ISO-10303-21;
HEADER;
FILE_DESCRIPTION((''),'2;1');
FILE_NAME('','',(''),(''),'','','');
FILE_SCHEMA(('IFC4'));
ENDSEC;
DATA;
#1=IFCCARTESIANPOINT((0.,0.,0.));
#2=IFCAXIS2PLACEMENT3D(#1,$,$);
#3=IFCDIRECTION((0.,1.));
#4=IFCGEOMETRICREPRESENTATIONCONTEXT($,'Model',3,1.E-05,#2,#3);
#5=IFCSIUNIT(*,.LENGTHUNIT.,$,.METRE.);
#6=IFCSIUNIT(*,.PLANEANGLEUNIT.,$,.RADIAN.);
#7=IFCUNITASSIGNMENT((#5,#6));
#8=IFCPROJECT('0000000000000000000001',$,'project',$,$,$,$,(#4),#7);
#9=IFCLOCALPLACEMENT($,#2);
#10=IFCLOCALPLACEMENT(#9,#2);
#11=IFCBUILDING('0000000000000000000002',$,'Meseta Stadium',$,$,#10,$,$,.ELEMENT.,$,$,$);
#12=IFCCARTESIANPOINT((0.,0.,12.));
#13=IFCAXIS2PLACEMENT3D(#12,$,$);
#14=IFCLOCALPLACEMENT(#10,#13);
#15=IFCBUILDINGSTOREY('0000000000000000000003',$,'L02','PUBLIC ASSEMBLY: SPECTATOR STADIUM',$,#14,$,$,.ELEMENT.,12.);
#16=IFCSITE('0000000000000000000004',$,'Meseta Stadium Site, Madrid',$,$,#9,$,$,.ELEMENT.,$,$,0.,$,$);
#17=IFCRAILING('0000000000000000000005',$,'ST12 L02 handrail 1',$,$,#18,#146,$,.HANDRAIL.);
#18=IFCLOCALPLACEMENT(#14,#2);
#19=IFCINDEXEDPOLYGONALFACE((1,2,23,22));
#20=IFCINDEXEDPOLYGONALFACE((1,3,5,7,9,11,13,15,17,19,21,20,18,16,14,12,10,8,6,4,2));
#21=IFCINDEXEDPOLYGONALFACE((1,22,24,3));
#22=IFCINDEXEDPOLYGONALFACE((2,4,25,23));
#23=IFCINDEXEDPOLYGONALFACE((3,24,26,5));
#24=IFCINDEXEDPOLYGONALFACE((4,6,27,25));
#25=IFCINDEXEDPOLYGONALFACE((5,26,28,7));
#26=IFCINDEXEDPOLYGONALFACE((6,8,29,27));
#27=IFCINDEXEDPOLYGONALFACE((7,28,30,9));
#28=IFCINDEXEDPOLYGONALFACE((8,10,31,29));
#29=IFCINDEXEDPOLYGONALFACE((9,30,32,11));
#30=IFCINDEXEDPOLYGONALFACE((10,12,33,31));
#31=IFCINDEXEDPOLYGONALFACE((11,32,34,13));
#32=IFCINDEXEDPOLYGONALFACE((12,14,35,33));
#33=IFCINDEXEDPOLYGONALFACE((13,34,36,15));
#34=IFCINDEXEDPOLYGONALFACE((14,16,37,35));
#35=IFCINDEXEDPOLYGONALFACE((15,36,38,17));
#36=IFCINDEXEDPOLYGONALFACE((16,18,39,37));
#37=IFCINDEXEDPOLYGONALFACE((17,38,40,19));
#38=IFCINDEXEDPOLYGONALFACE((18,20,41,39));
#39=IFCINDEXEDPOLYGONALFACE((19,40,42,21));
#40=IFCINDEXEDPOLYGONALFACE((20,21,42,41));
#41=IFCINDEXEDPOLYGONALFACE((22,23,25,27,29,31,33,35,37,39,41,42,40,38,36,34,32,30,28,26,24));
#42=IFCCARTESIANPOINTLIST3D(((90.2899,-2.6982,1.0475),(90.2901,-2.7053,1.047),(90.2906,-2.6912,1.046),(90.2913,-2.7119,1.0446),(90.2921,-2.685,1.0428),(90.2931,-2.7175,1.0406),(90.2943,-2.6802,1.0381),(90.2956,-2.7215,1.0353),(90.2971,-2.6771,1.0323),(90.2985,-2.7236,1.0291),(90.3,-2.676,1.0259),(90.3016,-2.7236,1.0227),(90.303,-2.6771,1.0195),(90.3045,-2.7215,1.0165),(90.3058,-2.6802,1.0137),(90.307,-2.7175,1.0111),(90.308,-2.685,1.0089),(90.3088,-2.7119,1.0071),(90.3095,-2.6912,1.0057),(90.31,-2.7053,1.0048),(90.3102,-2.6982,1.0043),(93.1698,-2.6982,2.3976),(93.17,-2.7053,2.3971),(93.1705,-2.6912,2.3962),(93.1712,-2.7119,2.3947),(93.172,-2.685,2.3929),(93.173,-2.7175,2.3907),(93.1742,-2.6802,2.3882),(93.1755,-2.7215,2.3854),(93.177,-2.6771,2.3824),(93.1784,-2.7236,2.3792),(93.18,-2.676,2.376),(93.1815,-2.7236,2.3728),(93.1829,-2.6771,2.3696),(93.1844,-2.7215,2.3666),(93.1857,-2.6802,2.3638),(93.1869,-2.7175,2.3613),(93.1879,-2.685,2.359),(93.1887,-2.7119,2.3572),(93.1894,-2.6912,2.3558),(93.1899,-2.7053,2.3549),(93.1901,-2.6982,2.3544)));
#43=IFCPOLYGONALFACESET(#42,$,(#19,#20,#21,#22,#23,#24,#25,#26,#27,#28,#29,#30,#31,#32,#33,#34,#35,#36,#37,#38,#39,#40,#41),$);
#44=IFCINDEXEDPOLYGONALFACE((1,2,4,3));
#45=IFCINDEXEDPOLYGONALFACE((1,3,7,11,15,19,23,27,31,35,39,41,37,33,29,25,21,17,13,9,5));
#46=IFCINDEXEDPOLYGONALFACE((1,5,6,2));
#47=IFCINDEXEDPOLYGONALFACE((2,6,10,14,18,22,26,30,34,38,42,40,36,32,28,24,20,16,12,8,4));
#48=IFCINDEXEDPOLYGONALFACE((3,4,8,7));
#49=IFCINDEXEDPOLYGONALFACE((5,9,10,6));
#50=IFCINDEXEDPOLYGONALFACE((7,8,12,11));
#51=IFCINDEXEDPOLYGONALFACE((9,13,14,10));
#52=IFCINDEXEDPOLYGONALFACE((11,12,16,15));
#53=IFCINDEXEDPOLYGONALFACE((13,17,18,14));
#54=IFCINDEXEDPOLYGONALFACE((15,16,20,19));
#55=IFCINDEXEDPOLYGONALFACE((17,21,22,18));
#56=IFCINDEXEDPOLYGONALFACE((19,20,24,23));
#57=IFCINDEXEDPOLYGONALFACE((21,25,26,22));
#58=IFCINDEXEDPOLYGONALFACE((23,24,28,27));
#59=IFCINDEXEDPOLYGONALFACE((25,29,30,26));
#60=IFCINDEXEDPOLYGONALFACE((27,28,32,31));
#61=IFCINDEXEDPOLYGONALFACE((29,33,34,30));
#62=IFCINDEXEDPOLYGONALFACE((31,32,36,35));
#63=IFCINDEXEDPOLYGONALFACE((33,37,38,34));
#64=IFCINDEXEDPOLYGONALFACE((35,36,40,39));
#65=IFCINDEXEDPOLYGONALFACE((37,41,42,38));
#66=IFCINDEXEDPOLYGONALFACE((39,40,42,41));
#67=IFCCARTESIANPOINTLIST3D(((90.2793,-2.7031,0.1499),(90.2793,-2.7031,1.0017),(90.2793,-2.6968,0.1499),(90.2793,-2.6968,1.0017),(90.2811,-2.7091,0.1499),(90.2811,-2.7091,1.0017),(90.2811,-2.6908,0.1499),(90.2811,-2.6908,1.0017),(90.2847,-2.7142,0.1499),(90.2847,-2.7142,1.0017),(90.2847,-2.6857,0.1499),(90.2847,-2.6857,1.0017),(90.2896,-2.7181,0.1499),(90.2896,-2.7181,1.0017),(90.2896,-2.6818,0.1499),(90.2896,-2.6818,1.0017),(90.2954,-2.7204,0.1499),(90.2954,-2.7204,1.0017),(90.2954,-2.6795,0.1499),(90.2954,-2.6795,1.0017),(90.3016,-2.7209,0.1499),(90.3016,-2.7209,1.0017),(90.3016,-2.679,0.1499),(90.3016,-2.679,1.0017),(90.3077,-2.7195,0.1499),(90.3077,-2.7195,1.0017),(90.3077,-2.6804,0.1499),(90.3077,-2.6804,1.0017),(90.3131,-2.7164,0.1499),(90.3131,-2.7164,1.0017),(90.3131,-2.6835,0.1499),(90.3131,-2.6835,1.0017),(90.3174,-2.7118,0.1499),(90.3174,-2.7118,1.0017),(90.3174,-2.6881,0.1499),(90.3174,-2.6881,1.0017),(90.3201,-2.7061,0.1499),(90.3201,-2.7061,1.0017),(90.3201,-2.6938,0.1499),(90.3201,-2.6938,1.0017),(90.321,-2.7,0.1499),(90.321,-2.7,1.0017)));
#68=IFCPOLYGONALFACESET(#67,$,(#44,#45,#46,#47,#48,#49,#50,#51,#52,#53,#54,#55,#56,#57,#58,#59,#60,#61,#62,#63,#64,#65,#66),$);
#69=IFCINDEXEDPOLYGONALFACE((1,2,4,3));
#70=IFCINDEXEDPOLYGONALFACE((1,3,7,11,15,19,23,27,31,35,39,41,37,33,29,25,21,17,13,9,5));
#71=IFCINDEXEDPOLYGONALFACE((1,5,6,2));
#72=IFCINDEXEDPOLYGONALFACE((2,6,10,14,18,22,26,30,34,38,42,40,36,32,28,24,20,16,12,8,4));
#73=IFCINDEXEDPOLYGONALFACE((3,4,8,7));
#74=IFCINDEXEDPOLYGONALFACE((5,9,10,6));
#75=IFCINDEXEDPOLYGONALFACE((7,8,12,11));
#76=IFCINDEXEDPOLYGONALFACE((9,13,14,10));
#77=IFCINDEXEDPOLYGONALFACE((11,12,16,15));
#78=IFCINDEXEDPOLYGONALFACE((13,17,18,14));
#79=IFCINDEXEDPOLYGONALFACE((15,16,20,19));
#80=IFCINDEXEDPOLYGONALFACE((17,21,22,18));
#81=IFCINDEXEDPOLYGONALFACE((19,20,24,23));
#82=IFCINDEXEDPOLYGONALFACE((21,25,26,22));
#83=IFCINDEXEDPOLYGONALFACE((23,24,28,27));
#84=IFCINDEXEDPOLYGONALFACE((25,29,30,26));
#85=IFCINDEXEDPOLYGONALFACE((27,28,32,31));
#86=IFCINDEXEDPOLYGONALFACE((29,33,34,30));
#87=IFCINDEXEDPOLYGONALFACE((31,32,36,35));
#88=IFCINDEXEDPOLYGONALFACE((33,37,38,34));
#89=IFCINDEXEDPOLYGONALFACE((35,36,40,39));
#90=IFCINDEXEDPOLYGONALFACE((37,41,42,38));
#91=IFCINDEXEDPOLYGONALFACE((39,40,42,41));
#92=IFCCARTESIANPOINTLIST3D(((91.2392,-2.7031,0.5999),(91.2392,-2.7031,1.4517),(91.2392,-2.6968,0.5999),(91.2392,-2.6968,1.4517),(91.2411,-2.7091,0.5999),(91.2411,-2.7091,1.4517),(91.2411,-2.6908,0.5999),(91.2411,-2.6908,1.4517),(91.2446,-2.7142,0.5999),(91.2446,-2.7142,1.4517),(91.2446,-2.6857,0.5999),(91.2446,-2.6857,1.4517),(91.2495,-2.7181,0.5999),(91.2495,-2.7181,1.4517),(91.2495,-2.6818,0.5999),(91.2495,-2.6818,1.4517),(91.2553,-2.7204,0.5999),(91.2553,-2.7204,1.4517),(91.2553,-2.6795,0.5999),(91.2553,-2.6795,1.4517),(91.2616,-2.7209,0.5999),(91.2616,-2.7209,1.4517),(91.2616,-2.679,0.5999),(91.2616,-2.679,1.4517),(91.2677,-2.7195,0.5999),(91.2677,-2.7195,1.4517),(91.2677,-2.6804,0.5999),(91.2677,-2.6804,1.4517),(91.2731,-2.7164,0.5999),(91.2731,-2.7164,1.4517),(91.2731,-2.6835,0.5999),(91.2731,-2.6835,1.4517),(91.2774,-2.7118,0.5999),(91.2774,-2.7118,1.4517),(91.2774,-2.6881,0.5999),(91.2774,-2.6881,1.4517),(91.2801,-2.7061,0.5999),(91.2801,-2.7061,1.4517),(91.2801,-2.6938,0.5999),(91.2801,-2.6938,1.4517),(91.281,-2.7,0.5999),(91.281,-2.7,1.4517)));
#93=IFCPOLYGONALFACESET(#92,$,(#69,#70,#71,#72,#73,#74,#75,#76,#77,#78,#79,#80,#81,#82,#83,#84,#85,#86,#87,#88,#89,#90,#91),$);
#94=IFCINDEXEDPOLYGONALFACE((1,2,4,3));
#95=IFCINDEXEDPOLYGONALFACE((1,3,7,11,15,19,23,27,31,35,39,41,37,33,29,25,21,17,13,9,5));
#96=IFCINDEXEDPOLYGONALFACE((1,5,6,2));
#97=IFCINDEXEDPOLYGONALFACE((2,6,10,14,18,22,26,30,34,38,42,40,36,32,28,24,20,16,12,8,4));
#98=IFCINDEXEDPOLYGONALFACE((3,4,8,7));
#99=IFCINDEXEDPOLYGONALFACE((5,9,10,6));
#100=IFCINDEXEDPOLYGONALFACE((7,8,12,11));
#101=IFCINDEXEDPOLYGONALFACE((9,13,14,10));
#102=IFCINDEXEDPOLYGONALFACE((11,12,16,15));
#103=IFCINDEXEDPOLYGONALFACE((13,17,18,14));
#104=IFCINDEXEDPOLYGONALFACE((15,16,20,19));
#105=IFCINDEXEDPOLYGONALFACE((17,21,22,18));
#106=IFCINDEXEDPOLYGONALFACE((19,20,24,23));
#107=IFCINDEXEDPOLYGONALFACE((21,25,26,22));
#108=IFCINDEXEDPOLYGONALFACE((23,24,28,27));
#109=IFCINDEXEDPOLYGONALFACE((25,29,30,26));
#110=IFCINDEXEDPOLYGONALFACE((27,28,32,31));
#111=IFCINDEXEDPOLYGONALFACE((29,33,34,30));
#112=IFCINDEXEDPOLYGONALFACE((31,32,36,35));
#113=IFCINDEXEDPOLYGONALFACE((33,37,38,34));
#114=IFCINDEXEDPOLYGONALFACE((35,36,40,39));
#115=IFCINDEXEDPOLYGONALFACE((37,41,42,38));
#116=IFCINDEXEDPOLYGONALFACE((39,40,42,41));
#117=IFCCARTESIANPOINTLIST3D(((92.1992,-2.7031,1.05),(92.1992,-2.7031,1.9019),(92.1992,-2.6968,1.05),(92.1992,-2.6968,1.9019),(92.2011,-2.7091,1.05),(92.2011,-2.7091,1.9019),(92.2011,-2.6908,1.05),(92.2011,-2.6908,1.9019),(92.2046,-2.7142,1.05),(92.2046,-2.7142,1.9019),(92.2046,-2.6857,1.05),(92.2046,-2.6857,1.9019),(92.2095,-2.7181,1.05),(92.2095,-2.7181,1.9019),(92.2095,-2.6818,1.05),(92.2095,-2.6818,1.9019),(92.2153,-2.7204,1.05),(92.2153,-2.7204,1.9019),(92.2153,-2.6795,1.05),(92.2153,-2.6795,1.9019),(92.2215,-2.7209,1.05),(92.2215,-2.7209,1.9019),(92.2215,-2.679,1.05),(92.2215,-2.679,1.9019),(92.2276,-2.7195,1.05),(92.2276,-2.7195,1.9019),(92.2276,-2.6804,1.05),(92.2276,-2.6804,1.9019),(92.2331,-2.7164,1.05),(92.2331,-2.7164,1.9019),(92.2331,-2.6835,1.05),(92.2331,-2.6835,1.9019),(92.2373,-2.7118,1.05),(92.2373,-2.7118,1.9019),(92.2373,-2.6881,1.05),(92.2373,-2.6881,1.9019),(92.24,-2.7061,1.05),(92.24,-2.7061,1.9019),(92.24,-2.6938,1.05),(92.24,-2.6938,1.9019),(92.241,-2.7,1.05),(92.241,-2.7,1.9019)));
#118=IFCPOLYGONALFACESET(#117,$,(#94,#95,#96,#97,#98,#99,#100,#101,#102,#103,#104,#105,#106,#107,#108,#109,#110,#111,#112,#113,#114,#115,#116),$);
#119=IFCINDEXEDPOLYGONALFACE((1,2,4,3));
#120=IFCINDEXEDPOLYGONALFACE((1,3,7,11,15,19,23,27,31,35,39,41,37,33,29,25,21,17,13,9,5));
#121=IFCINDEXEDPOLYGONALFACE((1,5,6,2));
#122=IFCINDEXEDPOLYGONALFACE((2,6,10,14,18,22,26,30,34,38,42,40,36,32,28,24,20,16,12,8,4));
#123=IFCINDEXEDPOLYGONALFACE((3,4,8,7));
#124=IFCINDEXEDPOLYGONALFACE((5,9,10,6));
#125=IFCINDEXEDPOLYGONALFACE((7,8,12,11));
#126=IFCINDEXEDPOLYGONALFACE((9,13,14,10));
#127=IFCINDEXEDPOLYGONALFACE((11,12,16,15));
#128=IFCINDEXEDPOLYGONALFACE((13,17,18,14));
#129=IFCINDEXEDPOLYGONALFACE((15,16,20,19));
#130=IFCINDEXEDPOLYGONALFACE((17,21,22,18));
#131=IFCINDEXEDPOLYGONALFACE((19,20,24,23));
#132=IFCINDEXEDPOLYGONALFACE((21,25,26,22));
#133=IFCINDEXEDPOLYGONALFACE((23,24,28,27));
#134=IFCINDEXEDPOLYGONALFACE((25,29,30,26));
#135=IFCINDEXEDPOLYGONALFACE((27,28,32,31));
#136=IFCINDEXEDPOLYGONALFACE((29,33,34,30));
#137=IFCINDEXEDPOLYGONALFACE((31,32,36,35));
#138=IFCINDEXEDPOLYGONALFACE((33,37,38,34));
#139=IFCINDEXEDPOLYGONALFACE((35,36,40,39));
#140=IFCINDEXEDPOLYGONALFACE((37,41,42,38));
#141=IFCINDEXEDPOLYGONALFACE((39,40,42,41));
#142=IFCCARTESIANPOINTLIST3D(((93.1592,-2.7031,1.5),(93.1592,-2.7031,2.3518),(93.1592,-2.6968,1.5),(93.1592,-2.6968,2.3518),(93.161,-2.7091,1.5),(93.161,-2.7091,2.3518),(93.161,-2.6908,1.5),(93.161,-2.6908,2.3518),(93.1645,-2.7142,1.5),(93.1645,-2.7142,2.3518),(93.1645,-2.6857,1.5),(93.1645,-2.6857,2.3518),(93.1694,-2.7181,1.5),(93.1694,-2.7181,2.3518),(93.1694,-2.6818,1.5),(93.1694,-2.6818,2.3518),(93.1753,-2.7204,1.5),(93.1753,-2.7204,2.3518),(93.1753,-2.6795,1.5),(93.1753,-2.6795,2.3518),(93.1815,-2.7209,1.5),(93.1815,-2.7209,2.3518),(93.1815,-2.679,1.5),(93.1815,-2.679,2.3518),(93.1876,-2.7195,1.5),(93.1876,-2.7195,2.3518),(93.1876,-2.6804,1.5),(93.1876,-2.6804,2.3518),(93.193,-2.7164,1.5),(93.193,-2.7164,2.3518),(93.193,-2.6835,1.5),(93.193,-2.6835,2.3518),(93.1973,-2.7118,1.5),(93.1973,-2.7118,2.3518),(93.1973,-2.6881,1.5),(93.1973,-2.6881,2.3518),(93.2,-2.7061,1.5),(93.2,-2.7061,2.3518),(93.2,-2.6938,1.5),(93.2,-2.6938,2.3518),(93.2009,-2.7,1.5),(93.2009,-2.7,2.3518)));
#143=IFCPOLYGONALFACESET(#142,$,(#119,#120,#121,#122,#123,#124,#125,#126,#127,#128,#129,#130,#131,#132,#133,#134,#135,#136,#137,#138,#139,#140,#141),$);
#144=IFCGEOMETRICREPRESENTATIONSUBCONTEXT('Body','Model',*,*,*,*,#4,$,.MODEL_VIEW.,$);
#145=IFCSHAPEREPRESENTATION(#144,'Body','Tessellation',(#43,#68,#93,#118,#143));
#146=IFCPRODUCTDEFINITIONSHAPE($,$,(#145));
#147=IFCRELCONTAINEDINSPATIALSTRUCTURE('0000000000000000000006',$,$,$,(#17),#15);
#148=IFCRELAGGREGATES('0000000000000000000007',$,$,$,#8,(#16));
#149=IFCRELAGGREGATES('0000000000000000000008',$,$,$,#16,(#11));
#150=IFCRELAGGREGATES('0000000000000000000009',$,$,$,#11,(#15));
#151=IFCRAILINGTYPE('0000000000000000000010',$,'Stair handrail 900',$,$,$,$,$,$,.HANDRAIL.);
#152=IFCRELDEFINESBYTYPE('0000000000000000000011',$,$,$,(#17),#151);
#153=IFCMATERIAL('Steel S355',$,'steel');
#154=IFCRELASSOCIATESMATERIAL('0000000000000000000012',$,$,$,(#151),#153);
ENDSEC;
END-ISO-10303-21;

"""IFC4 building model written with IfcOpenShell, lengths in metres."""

from ifc_helpers import new_model, si_unit, direction, frame, origin, origin_2d, place, context, subcontext, project, spatial, circle, extrude, material, type_object, element, save


model = new_model("IFC4")

# Units and contexts
model_context = context("Model", 3, precision=1e-05, world=origin(), true_north=direction((0.0, 1.0)))
body_context = subcontext(model_context, "Body", "Model", "MODEL_VIEW")
ifc_project = project(units=[si_unit("LENGTHUNIT", "METRE"), si_unit("PLANEANGLEUNIT", "RADIAN")], contexts=[model_context])

# Site, building, storey
site_placement = place(None, origin())
site = spatial("IfcSite", under=ifc_project, at=site_placement, Name="Meseta Stadium Site, Madrid", CompositionType="ELEMENT", RefElevation=0.0)
building_placement = place(site_placement, origin())
building = spatial("IfcBuilding", under=site, at=building_placement, Name="Meseta Stadium", CompositionType="ELEMENT")
storey_placement = place(building_placement, frame((0.0, 0.0, 12.0)))
storey = spatial("IfcBuildingStorey", under=building, at=storey_placement, Name="L02", Description="PUBLIC ASSEMBLY: SPECTATOR STADIUM", CompositionType="ELEMENT", Elevation=12.0)

# Railing
ifc_material_1 = material(Name="Steel S355", Category="steel")
railing_type_1 = type_object("IfcRailingType", Name="Stair handrail 900", PredefinedType="HANDRAIL", material=ifc_material_1)
for number, where, name in (
    (1, (90.3, -2.7, 0.1499), "ST12 L02 handrail 1"),
):
    element("IfcRailing", number, at=place(storey_placement, frame(where)), inside=storey, type_object=railing_type_1, Name=name, PredefinedType="HANDRAIL", context=body_context, shape_type="SweptSolid", body=[
        extrude(circle(Radius=0.0239, at=origin_2d()), frame((0.0, 0.0, 0.876), z_axis=(0.90544, 0.0, 0.424473), x_axis=(0.0, 1.0, 0.0)), (0.0, 0.0, 1.0), 3.1807),
        extrude(circle(Radius=0.021, at=origin_2d()), origin(), (0.0, 0.0, 1.0), 0.8518),
        extrude(circle(Radius=0.021, at=origin_2d()), frame((0.96, 0.0, 0.45)), (0.0, 0.0, 1.0), 0.8518),
        extrude(circle(Radius=0.021, at=origin_2d()), frame((1.9199, 0.0, 0.9001)), (0.0, 0.0, 1.0), 0.8518),
        extrude(circle(Radius=0.021, at=origin_2d()), frame((2.8799, 0.0, 1.3501)), (0.0, 0.0, 1.0), 0.8518),
    ])

save(model, "model.ifc")
